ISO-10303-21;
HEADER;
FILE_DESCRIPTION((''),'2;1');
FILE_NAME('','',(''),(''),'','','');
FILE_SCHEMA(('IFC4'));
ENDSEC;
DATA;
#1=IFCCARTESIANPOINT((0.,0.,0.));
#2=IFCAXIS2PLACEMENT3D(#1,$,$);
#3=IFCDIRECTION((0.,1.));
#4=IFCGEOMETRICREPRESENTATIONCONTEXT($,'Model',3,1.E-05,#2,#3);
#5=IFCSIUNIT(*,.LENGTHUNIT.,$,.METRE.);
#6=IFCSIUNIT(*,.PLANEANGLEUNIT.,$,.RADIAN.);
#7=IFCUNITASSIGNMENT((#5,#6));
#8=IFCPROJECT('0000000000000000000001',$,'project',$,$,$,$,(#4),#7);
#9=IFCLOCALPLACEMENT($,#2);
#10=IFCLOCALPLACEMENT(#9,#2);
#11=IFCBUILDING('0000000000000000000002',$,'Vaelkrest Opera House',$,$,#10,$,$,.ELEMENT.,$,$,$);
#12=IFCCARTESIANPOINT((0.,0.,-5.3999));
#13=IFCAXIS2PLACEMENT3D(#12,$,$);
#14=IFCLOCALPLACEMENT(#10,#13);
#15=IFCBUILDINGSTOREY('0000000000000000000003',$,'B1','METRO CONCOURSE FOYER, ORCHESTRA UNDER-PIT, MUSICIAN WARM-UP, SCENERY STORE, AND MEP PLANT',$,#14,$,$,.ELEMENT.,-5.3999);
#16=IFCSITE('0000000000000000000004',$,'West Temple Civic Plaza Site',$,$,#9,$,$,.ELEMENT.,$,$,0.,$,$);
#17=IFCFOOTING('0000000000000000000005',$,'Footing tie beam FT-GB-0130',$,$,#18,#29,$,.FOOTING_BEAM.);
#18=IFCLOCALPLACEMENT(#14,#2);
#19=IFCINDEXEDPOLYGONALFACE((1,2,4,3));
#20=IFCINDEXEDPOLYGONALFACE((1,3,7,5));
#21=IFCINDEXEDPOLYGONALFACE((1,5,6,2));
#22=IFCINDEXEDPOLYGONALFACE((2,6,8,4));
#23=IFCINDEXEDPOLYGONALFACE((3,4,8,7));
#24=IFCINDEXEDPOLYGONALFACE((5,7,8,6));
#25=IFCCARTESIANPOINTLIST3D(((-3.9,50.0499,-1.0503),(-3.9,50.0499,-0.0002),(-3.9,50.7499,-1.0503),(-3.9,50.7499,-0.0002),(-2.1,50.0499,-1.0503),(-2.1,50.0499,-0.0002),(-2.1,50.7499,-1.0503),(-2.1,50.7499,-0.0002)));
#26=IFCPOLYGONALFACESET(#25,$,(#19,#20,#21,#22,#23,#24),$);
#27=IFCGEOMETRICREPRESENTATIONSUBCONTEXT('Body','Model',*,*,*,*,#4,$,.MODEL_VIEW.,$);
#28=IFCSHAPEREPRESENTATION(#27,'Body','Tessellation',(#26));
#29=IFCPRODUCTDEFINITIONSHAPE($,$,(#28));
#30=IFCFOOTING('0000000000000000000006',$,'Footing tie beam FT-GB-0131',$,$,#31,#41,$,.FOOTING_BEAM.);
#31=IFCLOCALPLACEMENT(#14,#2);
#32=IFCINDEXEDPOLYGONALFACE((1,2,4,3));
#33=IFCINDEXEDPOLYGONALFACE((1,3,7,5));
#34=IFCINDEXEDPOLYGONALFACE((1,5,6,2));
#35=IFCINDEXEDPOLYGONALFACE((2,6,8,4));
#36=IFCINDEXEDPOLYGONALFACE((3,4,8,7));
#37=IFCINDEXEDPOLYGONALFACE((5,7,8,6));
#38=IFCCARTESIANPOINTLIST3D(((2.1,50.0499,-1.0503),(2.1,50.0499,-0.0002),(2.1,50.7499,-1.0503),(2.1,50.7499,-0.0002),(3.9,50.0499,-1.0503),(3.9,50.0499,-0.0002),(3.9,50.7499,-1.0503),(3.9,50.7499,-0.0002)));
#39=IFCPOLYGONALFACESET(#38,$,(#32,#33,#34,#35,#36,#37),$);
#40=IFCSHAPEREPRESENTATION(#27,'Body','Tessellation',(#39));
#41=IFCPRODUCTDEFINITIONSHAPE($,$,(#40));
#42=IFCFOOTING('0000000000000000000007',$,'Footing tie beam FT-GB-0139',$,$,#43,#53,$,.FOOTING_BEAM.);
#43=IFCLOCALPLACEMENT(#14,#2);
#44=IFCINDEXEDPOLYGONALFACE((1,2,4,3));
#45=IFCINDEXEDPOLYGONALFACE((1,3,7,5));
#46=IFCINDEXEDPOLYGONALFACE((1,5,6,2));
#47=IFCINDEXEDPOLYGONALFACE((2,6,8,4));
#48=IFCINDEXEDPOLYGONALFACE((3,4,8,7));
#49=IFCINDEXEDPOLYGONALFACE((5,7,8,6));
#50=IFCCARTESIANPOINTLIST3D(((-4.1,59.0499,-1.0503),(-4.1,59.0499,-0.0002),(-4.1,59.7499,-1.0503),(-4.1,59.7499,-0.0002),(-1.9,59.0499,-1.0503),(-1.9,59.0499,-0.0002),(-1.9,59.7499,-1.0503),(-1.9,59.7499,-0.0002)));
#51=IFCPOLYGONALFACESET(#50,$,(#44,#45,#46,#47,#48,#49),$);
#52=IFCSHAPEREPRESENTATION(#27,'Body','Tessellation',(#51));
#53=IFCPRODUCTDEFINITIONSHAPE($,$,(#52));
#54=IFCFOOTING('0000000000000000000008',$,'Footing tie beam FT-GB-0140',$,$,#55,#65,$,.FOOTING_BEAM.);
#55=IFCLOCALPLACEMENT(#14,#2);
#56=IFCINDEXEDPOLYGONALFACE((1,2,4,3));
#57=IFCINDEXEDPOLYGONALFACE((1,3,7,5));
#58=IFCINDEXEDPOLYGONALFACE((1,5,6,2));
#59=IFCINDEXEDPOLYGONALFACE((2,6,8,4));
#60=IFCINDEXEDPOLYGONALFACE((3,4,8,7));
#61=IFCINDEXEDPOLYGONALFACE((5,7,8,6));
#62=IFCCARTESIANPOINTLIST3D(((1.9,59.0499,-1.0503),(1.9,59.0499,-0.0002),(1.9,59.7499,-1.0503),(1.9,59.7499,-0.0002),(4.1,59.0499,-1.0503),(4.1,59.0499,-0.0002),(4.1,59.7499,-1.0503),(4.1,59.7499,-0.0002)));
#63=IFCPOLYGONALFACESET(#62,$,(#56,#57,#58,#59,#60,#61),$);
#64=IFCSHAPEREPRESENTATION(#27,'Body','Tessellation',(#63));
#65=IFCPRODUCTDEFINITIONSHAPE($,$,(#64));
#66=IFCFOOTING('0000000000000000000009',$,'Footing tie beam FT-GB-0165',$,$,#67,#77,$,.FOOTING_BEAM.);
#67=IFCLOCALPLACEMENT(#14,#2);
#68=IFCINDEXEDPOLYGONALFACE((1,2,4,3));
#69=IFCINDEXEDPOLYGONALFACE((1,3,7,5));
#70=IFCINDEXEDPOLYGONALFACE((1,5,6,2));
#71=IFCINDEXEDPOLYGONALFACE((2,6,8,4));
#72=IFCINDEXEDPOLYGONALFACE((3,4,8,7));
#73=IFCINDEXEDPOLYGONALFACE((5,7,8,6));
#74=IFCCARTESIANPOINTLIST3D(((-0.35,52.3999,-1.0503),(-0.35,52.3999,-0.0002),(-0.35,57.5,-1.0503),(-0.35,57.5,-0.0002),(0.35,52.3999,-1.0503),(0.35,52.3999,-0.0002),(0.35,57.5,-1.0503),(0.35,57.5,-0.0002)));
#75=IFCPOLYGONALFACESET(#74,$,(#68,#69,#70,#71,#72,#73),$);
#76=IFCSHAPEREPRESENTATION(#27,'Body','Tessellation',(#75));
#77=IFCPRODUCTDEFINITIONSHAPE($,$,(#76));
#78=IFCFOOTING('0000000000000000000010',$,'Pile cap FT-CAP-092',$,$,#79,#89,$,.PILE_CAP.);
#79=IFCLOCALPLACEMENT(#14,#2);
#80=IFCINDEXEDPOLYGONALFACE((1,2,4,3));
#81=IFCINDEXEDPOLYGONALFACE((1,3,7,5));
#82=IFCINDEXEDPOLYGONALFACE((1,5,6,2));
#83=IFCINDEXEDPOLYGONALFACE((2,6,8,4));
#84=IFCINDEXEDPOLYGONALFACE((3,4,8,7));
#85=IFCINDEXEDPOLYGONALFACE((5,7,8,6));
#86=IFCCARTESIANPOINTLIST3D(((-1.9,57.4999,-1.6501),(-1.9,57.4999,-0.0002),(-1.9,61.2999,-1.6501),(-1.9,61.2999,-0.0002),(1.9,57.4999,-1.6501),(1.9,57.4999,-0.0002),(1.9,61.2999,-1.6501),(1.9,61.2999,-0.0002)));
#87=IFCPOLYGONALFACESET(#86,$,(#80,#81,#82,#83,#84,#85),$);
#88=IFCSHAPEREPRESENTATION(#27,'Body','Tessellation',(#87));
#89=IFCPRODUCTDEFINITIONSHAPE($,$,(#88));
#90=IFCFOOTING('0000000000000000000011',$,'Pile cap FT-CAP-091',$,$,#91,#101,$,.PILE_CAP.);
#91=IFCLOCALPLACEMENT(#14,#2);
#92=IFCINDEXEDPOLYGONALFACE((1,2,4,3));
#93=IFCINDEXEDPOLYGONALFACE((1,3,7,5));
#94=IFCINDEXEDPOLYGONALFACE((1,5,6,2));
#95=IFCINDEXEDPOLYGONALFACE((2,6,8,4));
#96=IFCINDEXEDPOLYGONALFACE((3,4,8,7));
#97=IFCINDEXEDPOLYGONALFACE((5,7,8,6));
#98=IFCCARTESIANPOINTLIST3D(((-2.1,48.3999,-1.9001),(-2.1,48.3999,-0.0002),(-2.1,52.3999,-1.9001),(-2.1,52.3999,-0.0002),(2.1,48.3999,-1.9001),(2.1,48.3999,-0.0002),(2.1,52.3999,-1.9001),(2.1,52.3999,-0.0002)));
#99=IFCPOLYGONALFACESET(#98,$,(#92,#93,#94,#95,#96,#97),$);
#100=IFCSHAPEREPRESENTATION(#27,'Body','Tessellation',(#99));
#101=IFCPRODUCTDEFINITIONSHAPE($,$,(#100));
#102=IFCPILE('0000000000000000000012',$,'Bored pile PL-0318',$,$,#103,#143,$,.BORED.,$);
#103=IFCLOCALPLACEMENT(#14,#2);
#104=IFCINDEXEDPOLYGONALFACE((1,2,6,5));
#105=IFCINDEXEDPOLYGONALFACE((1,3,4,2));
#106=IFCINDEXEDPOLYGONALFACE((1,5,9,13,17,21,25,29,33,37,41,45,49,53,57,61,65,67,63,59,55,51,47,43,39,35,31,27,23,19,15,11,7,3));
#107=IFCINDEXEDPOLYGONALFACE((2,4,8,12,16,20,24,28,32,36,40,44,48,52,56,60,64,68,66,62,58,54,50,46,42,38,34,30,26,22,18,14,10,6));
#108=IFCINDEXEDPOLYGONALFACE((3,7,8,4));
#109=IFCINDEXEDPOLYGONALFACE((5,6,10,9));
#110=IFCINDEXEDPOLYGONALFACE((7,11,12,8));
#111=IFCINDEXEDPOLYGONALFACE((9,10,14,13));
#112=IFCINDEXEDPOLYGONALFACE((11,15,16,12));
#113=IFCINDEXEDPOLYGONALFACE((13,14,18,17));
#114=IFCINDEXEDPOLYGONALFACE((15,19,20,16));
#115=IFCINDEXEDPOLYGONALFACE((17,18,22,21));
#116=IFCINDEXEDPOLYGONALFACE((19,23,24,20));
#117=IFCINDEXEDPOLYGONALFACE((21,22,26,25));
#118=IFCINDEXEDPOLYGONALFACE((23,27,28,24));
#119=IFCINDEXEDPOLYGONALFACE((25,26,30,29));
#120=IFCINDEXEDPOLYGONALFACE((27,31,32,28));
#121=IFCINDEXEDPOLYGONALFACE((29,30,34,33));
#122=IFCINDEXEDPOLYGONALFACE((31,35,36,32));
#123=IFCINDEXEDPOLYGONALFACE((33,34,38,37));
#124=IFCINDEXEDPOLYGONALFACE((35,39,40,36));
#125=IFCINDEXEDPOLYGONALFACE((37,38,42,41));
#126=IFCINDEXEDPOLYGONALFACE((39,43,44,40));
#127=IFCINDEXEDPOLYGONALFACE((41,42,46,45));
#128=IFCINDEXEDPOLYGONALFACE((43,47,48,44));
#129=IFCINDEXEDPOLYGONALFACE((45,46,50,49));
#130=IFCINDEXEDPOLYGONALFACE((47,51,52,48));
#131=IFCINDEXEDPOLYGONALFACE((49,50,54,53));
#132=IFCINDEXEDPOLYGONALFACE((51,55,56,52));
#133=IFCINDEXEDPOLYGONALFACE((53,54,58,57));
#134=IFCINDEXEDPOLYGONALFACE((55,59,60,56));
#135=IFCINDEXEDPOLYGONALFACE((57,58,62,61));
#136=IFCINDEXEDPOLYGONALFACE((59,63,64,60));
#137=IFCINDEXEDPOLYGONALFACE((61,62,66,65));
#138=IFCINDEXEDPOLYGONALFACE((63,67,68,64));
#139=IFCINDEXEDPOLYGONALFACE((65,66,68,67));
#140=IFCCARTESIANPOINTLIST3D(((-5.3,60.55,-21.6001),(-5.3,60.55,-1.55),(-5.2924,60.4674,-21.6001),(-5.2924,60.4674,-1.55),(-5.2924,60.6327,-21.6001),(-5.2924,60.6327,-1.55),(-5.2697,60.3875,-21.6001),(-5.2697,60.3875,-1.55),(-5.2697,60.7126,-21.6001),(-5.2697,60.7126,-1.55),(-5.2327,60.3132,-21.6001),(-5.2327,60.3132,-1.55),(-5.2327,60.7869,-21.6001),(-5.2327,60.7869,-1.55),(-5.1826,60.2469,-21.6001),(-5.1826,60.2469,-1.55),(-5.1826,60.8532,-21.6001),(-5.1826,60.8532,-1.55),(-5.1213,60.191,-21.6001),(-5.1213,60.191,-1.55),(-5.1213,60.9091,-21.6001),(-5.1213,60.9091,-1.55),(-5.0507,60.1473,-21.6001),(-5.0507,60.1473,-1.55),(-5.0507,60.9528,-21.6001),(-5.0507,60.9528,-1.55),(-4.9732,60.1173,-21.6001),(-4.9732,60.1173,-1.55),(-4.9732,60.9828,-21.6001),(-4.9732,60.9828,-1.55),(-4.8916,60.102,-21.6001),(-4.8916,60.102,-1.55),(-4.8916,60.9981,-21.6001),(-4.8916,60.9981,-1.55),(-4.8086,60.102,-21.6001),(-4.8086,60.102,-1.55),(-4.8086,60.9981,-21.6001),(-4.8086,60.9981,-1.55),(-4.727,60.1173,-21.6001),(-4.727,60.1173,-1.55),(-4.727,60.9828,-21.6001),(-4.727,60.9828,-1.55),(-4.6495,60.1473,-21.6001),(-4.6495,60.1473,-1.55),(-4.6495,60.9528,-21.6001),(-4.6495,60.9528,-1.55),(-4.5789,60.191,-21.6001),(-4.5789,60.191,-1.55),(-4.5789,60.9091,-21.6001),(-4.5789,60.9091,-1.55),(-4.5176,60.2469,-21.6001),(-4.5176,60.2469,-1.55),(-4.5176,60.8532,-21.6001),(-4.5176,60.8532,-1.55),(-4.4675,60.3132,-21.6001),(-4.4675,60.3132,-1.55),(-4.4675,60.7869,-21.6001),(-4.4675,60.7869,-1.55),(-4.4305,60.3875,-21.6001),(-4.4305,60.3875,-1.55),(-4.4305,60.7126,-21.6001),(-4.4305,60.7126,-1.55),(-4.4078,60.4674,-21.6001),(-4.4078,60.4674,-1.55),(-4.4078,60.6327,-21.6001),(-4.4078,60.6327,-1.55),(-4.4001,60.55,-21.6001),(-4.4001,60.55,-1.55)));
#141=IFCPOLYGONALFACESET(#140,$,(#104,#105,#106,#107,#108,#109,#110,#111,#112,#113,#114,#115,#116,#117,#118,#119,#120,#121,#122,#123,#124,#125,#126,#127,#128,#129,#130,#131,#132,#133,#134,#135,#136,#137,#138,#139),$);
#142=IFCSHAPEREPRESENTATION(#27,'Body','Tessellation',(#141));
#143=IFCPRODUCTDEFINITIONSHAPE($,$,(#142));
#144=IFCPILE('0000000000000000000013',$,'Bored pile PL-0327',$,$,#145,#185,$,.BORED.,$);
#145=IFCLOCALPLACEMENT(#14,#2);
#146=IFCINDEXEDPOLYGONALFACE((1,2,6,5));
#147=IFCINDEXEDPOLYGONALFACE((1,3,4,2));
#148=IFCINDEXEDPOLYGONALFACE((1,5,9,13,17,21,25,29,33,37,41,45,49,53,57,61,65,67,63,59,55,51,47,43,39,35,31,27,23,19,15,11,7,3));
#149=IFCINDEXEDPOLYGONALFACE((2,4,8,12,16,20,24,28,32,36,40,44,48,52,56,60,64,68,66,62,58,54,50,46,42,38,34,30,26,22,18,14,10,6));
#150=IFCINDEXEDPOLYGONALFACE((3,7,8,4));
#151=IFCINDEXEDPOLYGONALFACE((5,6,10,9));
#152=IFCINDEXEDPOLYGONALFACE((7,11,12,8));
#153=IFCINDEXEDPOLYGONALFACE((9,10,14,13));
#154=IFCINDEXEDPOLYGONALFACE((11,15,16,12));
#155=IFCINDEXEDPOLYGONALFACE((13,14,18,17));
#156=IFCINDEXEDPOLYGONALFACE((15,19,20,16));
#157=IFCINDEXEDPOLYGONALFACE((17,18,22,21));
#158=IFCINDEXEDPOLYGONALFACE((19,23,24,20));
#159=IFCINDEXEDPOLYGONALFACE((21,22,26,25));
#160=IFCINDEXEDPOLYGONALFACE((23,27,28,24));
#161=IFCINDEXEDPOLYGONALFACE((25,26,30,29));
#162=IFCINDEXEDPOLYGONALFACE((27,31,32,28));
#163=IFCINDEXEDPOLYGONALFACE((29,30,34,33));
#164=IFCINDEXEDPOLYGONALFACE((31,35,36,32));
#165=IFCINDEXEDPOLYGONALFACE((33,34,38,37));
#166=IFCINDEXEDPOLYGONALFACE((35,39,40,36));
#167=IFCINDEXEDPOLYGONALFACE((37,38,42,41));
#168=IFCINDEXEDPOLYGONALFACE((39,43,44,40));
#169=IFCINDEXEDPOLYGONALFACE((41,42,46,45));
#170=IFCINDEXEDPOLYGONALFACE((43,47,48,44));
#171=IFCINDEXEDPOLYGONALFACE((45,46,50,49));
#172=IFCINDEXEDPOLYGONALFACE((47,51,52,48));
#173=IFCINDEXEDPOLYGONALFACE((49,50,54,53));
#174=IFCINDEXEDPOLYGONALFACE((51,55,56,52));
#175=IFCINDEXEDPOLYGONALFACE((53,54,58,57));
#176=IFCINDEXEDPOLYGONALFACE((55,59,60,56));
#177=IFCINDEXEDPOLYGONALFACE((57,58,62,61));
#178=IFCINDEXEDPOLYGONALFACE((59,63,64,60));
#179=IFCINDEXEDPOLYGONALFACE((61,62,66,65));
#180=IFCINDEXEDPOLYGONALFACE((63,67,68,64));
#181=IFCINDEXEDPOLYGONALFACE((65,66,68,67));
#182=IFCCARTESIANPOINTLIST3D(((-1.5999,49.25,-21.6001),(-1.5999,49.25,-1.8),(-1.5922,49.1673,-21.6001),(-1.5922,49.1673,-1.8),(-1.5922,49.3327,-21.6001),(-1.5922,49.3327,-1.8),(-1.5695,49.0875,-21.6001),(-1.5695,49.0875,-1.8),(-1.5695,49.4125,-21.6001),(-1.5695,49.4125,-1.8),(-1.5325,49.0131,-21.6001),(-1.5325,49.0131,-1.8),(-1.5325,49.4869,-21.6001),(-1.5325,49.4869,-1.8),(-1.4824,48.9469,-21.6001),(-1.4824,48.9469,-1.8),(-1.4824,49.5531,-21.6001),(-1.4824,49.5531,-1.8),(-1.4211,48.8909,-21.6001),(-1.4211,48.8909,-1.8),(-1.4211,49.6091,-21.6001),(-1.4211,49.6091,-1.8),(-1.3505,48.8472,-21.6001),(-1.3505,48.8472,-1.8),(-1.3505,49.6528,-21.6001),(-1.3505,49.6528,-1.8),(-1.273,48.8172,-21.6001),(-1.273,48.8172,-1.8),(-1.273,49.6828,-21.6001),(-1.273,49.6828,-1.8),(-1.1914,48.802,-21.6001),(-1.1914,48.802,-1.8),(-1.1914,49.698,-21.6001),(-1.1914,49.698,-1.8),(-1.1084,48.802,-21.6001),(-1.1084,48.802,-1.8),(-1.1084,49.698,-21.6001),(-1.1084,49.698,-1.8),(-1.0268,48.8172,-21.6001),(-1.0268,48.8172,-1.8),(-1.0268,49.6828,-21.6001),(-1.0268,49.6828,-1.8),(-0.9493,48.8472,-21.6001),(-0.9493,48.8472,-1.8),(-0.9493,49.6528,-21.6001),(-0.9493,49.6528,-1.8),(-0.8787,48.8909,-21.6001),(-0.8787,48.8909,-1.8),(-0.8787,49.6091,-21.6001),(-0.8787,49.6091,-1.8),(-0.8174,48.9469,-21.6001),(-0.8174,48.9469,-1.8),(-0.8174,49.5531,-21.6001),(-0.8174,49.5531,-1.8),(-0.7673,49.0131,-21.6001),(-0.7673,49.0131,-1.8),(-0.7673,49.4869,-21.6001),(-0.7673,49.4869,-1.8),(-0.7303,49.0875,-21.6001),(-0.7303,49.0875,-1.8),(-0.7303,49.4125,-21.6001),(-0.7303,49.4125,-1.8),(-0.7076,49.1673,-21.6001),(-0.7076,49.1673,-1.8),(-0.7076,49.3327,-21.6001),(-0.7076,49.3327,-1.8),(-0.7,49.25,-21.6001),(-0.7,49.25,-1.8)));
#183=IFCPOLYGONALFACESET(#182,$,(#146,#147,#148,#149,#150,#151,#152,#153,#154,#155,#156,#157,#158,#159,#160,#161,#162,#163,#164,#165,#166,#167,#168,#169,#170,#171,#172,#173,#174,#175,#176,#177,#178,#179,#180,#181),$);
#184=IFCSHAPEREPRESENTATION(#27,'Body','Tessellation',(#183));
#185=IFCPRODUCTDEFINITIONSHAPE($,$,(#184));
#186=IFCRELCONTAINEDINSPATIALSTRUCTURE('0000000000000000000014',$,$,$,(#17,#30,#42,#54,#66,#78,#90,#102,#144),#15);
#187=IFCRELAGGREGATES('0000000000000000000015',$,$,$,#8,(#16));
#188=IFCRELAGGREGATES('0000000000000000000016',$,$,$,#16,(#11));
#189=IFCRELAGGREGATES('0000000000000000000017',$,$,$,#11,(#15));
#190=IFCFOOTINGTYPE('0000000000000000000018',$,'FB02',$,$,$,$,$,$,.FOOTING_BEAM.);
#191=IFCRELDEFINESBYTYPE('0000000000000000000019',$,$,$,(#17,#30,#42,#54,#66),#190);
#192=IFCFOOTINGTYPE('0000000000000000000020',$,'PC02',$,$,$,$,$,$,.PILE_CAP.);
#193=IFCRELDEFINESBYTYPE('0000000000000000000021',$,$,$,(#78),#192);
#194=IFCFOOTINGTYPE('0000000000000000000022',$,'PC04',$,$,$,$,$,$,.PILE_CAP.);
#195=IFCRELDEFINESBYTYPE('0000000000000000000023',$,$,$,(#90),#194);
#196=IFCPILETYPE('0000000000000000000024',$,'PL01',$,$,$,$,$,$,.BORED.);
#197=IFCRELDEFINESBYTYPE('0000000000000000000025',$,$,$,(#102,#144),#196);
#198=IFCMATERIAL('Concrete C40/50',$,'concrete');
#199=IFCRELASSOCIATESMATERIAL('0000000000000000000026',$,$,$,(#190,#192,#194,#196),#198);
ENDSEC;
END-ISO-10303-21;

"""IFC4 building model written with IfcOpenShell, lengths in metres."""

from ifc_helpers import new_model, si_unit, direction, frame, origin, origin_2d, place, context, subcontext, project, spatial, rectangle, circle, extrude, material, material_profile, profile_set, type_object, element, save


model = new_model("IFC4")

# Units and contexts
model_context = context("Model", 3, precision=1e-05, world=origin(), true_north=direction((0.0, 1.0)))
body_context = subcontext(model_context, "Body", "Model", "MODEL_VIEW")
ifc_project = project(units=[si_unit("LENGTHUNIT", "METRE"), si_unit("PLANEANGLEUNIT", "RADIAN")], contexts=[model_context])

# Site, building, storey
site_placement = place(None, origin())
site = spatial("IfcSite", under=ifc_project, at=site_placement, Name="West Temple Civic Plaza Site", CompositionType="ELEMENT", RefElevation=0.0)
building_placement = place(site_placement, origin())
building = spatial("IfcBuilding", under=site, at=building_placement, Name="Vaelkrest Opera House", CompositionType="ELEMENT")
storey_placement = place(building_placement, frame((0.0, 0.0, -5.3999)))
storey = spatial("IfcBuildingStorey", under=building, at=storey_placement, Name="B1", Description="METRO CONCOURSE FOYER, ORCHESTRA UNDER-PIT, MUSICIAN WARM-UP, SCENERY STORE, AND MEP PLANT", CompositionType="ELEMENT", Elevation=-5.3999)

# Footings
ifc_material_1 = material(Name="Concrete C40/50", Category="concrete")
footing_type_1 = type_object("IfcFootingType", Name="FB02", PredefinedType="FOOTING_BEAM", material=ifc_material_1)
for number, where, z_axis, x_axis, name in (
    (1, (-3.0, 50.3999, -1.0503), (0.0, 0.0, 1.0), (1.0, 0.0, 0.0), "Footing tie beam FT-GB-0130"),
    (2, (3.0, 50.3999, -1.0503), (0.0, 0.0, 1.0), (1.0, 0.0, 0.0), "Footing tie beam FT-GB-0131"),
):
    element("IfcFooting", number, at=place(storey_placement, frame(where, z_axis=z_axis, x_axis=x_axis)), inside=storey, type_object=footing_type_1, Name=name, PredefinedType="FOOTING_BEAM", context=body_context, shape_type="SweptSolid", body=[
        extrude(rectangle(XDim=1.8, YDim=0.7, at=origin_2d()), origin(), (0.0, 0.0, 1.0), 1.05),
    ])
for number, where, z_axis, x_axis, name in (
    (3, (-3.0, 59.3999, -1.0503), (0.0, 0.0, 1.0), (1.0, 0.0, 0.0), "Footing tie beam FT-GB-0139"),
    (4, (3.0, 59.3999, -1.0503), (0.0, 0.0, 1.0), (1.0, 0.0, 0.0), "Footing tie beam FT-GB-0140"),
):
    element("IfcFooting", number, at=place(storey_placement, frame(where, z_axis=z_axis, x_axis=x_axis)), inside=storey, type_object=footing_type_1, Name=name, PredefinedType="FOOTING_BEAM", context=body_context, shape_type="SweptSolid", body=[
        extrude(rectangle(XDim=2.2, YDim=0.7, at=origin_2d()), origin(), (0.0, 0.0, 1.0), 1.05),
    ])
footing_1_placement = place(storey_placement, frame((0.0, 54.95, -1.0503), z_axis=(0.0, 0.0, 1.0), x_axis=(0.0, 1.0, 0.0)))
element("IfcFooting", 5, at=footing_1_placement, inside=storey, type_object=footing_type_1, Name="Footing tie beam FT-GB-0165", PredefinedType="FOOTING_BEAM", context=body_context, shape_type="SweptSolid", body=[
    extrude(rectangle(XDim=5.1001, YDim=0.7, at=origin_2d()), origin(), (0.0, 0.0, 1.0), 1.05),
])
footing_type_2 = type_object("IfcFootingType", Name="PC02", PredefinedType="PILE_CAP", material=ifc_material_1)
footing_2_placement = place(storey_placement, frame((0.0, 59.3999, -1.6501), z_axis=(0.0, 0.0, 1.0), x_axis=(1.0, 0.0, 0.0)))
element("IfcFooting", 6, at=footing_2_placement, inside=storey, type_object=footing_type_2, Name="Pile cap FT-CAP-092", PredefinedType="PILE_CAP", context=body_context, shape_type="SweptSolid", body=[
    extrude(rectangle(XDim=3.8, YDim=3.8, at=origin_2d()), origin(), (0.0, 0.0, 1.0), 1.6499),
])
footing_type_3 = type_object("IfcFootingType", Name="PC04", PredefinedType="PILE_CAP", material=ifc_material_1)
footing_3_placement = place(storey_placement, frame((0.0, 50.3999, -1.9001), z_axis=(0.0, 0.0, 1.0), x_axis=(1.0, 0.0, 0.0)))
element("IfcFooting", 7, at=footing_3_placement, inside=storey, type_object=footing_type_3, Name="Pile cap FT-CAP-091", PredefinedType="PILE_CAP", context=body_context, shape_type="SweptSolid", body=[
    extrude(rectangle(XDim=4.2, YDim=4.0, at=origin_2d()), origin(), (0.0, 0.0, 1.0), 1.8999),
])

# Piles
ifc_material_profile_1 = material_profile(ifc_material_1, circle(Radius=0.45, at=origin_2d()), Name="PILE900")
ifc_profile_set_1 = profile_set([ifc_material_profile_1], Name="Concrete C40/50")
pile_type = type_object("IfcPileType", Name="PL01", PredefinedType="BORED", material=ifc_profile_set_1)
pile_placement = place(storey_placement, frame((-4.8501, 60.55, -1.55), z_axis=(0.0, 0.0, -1.0), x_axis=(1.0, 0.0, 0.0)))
element("IfcPile", 8, at=pile_placement, inside=storey, type_object=pile_type, Name="Bored pile PL-0318", PredefinedType="BORED", context=body_context, shape_type="SweptSolid", body=[
    extrude(circle(Radius=0.45, at=origin_2d()), origin(), (0.0, 0.0, 1.0), 20.05),
])
for number, where, z_axis, x_axis, name in (
    (9, (-1.1499, 49.25, -1.8), (0.0, 0.0, -1.0), (1.0, 0.0, 0.0), "Bored pile PL-0327"),
):
    element("IfcPile", number, at=place(storey_placement, frame(where, z_axis=z_axis, x_axis=x_axis)), inside=storey, type_object=pile_type, Name=name, PredefinedType="BORED", context=body_context, shape_type="SweptSolid", body=[
        extrude(circle(Radius=0.45, at=origin_2d()), origin(), (0.0, 0.0, 1.0), 19.8),
    ])

save(model, "model.ifc")
